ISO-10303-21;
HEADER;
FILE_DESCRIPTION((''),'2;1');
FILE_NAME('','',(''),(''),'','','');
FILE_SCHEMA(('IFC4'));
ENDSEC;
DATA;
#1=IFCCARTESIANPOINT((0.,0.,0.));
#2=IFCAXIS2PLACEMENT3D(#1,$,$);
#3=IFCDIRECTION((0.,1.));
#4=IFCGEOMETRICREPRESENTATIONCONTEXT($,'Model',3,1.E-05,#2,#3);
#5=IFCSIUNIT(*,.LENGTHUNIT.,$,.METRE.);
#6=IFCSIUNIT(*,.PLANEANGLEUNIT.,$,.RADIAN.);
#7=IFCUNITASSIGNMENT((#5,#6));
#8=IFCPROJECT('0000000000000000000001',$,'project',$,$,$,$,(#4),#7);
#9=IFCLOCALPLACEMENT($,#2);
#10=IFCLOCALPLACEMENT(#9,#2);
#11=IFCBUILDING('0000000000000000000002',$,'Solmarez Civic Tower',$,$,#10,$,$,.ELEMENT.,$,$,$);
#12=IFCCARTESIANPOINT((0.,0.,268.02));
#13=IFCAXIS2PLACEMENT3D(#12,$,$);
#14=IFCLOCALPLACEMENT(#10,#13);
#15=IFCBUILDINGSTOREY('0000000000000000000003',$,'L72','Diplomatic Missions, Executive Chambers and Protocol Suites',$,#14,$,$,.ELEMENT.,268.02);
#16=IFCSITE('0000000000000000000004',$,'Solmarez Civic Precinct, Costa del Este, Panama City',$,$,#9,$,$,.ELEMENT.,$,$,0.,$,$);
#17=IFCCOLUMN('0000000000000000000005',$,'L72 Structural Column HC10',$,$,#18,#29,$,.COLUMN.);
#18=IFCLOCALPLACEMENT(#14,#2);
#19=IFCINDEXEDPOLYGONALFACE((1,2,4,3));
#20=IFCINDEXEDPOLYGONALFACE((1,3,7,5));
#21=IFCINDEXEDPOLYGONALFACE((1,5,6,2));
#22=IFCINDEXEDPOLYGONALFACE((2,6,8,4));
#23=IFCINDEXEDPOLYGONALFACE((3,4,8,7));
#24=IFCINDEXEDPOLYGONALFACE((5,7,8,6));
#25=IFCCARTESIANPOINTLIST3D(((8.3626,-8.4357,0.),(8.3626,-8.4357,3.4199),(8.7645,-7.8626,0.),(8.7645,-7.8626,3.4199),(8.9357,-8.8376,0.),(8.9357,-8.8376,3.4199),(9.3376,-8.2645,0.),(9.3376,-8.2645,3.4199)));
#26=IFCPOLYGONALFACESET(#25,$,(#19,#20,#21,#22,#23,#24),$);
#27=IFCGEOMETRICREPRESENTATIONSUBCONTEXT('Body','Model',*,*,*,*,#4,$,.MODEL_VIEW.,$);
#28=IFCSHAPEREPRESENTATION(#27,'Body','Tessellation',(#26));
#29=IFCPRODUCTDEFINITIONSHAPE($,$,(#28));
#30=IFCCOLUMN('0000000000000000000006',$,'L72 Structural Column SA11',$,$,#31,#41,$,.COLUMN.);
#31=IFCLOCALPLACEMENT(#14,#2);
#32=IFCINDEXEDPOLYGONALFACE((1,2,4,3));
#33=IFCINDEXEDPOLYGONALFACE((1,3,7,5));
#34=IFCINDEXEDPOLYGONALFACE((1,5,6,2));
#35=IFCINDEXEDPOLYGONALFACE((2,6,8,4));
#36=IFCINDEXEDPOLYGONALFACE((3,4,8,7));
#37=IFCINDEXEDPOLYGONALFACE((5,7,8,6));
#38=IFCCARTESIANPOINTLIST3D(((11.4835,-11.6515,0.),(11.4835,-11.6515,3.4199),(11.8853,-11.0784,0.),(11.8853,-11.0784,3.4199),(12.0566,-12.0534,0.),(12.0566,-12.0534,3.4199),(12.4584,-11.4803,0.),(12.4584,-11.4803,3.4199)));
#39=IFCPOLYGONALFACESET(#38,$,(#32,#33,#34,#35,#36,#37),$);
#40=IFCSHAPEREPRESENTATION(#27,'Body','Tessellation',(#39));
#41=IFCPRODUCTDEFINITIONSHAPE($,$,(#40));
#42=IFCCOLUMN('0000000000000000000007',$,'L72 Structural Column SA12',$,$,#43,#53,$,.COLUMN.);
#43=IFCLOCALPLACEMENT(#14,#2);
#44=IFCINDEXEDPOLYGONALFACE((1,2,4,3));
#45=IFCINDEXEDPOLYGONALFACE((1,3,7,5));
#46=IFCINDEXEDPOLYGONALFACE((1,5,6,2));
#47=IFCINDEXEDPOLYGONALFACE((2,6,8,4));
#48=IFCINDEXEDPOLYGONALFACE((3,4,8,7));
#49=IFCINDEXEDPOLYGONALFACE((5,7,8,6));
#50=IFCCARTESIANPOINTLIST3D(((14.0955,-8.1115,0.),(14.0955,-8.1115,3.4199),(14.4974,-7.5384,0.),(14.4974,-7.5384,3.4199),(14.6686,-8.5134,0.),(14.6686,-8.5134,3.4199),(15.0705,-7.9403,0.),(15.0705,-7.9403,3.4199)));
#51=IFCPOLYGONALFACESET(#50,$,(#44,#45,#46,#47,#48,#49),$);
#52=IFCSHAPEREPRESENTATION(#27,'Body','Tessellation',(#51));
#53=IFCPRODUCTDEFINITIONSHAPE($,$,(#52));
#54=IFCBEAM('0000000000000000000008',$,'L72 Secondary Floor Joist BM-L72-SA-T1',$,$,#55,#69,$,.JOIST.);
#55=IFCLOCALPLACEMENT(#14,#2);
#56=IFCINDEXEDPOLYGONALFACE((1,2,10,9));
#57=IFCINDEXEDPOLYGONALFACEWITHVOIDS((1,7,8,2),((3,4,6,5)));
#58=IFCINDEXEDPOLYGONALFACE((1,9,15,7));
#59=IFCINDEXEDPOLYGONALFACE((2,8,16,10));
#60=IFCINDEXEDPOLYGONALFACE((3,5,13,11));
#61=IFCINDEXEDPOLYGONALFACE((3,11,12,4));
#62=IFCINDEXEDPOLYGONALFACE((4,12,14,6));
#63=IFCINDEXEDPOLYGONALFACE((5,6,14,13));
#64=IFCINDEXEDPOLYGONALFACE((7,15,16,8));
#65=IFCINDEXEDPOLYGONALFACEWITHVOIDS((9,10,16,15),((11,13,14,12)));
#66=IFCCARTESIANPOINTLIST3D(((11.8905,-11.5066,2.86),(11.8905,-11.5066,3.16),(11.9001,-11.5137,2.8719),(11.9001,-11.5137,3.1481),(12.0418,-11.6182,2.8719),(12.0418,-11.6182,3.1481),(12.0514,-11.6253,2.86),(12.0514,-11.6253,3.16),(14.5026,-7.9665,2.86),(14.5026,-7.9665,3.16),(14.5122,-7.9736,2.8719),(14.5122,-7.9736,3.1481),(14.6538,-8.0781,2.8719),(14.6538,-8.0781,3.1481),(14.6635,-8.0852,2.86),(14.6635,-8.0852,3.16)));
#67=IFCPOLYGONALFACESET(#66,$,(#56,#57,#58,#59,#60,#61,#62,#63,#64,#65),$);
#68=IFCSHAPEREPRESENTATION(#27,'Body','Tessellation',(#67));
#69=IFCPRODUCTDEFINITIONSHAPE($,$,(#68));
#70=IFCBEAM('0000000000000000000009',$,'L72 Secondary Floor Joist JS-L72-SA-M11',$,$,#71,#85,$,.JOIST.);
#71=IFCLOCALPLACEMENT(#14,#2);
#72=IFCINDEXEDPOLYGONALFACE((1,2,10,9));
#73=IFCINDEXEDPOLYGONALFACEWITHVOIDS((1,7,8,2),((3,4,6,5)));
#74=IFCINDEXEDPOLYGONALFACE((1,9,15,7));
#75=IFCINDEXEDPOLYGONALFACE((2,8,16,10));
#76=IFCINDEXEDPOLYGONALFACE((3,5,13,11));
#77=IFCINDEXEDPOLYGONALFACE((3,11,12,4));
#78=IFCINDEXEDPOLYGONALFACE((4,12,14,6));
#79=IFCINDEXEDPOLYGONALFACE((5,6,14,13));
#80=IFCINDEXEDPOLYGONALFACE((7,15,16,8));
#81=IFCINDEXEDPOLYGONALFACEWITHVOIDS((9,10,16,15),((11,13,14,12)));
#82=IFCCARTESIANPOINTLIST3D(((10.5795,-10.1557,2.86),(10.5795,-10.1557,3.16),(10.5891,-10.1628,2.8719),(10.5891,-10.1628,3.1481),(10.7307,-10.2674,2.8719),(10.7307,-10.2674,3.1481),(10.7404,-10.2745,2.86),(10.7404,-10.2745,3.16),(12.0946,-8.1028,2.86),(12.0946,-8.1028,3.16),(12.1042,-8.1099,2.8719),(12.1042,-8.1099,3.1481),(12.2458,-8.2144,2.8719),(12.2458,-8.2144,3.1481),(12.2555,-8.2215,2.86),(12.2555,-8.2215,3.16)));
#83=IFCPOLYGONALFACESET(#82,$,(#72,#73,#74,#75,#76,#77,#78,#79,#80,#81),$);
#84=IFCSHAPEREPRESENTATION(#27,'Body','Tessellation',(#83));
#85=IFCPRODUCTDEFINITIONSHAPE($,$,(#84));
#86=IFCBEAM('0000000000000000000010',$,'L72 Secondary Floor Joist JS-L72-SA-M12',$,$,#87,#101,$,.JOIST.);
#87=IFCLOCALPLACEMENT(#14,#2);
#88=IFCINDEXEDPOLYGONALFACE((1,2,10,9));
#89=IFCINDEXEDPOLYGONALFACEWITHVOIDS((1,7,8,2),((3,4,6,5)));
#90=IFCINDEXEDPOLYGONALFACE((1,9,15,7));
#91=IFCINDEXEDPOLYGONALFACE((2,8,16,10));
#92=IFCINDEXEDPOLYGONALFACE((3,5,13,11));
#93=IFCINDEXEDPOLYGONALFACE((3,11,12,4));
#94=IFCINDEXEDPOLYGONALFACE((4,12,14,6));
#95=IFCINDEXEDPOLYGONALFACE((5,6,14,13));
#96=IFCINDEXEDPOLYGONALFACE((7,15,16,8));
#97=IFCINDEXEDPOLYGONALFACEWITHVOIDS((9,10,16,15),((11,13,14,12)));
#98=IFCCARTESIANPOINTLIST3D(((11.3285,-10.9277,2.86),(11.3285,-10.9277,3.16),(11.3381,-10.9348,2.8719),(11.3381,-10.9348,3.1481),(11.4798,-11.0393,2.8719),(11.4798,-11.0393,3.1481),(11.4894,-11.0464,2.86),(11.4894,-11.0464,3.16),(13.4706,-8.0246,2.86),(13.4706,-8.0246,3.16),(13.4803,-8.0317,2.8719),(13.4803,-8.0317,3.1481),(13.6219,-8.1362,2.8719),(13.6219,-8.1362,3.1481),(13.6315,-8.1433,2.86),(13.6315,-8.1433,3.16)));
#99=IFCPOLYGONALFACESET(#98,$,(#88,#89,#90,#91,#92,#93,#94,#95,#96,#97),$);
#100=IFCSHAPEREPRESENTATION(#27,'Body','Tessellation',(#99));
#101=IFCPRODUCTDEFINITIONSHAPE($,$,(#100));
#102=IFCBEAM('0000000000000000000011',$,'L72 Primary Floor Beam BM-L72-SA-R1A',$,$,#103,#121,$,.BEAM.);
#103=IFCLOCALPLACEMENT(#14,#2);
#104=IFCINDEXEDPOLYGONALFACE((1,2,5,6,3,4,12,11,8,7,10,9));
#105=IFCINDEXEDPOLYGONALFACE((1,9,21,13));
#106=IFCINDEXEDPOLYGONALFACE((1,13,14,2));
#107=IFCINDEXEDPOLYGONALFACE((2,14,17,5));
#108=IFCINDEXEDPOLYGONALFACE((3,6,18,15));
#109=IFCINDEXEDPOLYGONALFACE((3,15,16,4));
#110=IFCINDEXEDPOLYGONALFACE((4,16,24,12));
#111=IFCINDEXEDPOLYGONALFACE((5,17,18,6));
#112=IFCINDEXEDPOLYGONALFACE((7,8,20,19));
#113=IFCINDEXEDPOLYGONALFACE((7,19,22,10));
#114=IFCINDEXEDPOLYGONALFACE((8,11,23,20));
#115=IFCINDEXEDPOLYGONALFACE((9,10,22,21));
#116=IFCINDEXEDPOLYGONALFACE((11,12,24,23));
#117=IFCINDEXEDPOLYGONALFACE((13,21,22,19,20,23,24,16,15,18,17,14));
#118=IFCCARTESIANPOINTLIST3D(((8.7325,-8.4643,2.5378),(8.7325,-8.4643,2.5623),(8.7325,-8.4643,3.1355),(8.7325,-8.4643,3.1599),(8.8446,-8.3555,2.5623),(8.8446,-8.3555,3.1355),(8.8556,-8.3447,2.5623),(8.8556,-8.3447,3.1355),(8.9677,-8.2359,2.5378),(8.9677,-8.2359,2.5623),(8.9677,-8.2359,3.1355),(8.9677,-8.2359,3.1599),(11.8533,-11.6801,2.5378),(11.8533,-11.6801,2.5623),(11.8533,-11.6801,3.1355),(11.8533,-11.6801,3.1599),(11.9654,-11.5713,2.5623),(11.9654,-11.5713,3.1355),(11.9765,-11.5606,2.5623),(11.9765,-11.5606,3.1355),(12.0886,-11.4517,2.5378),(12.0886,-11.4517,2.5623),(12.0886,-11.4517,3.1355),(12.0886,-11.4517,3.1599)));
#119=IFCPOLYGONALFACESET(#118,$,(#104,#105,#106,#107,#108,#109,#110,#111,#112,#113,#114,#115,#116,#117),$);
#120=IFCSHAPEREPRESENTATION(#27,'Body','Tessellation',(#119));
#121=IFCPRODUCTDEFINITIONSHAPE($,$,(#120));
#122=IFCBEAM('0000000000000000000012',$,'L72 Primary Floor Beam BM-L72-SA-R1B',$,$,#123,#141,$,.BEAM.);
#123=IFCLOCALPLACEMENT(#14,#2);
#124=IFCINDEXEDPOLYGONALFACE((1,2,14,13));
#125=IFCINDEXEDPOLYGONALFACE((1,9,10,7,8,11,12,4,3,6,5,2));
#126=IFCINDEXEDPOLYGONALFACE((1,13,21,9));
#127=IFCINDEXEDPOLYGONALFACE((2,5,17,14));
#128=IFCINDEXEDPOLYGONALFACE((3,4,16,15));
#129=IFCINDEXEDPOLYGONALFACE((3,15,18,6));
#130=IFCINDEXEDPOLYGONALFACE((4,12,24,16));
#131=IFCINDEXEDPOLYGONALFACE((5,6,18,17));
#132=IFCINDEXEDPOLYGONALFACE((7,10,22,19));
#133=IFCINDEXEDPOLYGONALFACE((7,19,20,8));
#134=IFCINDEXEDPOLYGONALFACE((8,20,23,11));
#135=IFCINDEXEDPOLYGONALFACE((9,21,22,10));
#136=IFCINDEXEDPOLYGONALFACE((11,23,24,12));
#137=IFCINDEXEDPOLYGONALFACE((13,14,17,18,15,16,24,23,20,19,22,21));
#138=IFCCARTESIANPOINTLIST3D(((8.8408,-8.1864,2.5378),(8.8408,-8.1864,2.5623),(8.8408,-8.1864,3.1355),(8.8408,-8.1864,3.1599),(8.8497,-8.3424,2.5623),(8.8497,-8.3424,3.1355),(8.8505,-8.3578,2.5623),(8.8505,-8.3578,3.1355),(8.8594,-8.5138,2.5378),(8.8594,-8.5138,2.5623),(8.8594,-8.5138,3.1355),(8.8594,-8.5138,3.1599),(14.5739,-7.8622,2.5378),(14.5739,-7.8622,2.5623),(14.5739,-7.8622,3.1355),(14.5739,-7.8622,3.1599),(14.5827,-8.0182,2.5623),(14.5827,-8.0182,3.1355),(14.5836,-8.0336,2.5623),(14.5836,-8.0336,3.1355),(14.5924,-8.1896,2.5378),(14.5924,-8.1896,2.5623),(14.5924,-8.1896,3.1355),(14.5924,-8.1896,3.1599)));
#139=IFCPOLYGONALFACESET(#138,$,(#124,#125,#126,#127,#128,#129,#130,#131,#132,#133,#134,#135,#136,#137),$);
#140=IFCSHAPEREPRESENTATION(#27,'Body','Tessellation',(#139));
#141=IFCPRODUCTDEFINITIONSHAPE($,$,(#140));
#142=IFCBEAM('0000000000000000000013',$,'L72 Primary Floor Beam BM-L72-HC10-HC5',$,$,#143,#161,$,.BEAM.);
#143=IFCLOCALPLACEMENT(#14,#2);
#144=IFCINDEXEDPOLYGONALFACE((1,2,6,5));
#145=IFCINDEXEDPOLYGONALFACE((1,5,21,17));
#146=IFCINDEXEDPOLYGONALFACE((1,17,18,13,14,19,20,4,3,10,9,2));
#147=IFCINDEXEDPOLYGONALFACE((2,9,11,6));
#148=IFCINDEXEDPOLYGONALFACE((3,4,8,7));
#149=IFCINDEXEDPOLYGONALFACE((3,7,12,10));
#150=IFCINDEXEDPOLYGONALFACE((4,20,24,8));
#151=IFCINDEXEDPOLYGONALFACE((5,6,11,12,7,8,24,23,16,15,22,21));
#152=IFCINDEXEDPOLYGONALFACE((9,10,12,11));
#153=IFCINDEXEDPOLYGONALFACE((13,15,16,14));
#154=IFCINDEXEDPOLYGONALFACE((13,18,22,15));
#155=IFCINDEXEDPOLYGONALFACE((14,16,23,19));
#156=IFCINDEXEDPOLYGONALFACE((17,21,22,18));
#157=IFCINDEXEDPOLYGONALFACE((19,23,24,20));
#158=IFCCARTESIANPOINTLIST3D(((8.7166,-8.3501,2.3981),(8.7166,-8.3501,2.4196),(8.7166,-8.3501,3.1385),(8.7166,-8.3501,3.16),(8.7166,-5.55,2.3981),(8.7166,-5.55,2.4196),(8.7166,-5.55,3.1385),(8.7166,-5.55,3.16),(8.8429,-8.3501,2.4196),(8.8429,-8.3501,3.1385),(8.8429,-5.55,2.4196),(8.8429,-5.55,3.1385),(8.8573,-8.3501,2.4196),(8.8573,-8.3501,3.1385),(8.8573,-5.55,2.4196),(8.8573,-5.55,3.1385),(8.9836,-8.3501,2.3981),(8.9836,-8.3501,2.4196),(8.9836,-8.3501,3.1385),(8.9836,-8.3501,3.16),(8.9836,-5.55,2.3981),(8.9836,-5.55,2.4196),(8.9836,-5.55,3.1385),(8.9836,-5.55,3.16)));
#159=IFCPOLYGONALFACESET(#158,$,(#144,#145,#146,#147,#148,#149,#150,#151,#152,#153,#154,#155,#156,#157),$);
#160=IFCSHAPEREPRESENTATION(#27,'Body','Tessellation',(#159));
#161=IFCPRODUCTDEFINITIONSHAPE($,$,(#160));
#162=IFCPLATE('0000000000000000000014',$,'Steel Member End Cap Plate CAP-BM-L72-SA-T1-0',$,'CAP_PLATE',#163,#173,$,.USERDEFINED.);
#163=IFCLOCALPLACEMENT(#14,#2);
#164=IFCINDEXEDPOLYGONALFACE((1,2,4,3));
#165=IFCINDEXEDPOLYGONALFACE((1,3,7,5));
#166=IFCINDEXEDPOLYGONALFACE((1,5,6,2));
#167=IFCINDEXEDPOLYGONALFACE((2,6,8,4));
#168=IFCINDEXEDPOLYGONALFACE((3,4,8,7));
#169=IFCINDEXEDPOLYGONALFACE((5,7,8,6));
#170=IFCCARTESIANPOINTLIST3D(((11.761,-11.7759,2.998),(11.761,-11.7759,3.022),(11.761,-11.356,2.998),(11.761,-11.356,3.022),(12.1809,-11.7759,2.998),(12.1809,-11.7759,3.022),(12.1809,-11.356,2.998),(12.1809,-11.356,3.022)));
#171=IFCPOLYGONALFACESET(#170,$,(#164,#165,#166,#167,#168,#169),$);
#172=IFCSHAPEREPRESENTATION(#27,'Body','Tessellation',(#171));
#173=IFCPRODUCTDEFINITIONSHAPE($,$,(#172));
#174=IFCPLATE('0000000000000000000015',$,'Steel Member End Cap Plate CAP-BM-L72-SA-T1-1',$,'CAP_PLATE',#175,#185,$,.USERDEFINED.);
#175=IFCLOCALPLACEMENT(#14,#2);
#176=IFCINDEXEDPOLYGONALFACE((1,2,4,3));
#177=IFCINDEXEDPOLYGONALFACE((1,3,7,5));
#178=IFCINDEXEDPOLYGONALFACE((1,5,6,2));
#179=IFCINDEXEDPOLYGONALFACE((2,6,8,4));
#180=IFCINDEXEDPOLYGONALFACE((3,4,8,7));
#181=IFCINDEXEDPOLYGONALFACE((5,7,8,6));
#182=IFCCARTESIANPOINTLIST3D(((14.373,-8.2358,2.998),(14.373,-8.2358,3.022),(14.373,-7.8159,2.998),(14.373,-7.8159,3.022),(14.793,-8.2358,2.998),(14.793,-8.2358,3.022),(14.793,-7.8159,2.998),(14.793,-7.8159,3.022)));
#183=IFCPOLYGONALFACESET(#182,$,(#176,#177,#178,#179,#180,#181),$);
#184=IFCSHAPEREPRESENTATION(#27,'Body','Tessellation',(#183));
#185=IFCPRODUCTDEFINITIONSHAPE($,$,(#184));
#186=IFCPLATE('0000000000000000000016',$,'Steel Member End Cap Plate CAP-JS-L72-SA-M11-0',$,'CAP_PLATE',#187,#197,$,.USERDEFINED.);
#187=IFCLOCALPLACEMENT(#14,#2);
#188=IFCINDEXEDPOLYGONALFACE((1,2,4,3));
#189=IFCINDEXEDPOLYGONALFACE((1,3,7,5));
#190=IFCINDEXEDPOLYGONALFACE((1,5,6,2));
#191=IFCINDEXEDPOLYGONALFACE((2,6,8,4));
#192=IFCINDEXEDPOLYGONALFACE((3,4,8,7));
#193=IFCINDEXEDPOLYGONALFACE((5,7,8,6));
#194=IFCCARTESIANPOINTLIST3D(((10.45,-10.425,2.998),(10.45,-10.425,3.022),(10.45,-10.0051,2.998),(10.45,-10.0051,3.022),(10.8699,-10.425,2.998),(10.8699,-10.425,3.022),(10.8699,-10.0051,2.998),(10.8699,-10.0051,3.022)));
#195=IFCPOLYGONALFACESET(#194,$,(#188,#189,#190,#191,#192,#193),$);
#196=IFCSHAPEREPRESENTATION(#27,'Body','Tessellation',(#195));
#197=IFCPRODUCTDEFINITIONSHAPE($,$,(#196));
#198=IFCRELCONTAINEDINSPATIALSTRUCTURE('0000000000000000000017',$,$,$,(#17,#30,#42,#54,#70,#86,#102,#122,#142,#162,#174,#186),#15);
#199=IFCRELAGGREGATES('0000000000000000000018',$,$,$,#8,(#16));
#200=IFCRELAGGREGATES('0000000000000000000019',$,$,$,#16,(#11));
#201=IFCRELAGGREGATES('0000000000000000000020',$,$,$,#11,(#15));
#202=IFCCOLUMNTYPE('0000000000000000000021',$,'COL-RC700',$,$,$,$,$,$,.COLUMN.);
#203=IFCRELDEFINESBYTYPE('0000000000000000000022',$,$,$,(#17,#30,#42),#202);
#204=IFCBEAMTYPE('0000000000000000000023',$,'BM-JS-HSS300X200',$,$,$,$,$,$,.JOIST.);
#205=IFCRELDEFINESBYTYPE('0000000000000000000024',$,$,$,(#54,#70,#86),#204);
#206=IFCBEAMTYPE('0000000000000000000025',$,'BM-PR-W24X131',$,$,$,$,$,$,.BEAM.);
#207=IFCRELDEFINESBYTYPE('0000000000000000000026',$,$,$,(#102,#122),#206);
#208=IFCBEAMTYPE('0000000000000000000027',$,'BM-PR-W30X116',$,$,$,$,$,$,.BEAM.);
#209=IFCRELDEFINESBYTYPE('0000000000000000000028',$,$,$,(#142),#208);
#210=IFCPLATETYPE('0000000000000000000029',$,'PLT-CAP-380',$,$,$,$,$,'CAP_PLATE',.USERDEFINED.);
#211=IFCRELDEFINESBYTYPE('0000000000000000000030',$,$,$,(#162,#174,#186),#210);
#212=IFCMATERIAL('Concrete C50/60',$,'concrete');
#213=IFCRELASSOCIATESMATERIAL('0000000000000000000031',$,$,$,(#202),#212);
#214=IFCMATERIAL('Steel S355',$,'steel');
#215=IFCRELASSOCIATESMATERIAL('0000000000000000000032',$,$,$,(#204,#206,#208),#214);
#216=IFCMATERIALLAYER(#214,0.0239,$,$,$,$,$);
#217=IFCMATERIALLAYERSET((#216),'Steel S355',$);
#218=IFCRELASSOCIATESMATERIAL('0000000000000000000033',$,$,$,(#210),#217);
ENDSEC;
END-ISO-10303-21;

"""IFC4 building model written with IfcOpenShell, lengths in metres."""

from ifc_helpers import new_model, si_unit, direction, frame, origin, origin_2d, place, context, subcontext, project, spatial, rectangle, hollow_rectangle, i_section, extrude, material, layer, layer_set, material_profile, profile_set, type_object, element, save


model = new_model("IFC4")

# Units and contexts
model_context = context("Model", 3, precision=1e-05, world=origin(), true_north=direction((0.0, 1.0)))
body_context = subcontext(model_context, "Body", "Model", "MODEL_VIEW")
ifc_project = project(units=[si_unit("LENGTHUNIT", "METRE"), si_unit("PLANEANGLEUNIT", "RADIAN")], contexts=[model_context])

# Site, building, storey
site_placement = place(None, origin())
site = spatial("IfcSite", under=ifc_project, at=site_placement, Name="Solmarez Civic Precinct, Costa del Este, Panama City", CompositionType="ELEMENT", RefElevation=0.0)
building_placement = place(site_placement, origin())
building = spatial("IfcBuilding", under=site, at=building_placement, Name="Solmarez Civic Tower", CompositionType="ELEMENT")
storey_placement = place(building_placement, frame((0.0, 0.0, 268.02)))
storey = spatial("IfcBuildingStorey", under=building, at=storey_placement, Name="L72", Description="Diplomatic Missions, Executive Chambers and Protocol Suites", CompositionType="ELEMENT", Elevation=268.02)

# Columns
ifc_material_1 = material(Name="Concrete C50/60", Category="concrete")
ifc_material_profile_1 = material_profile(ifc_material_1, rectangle(XDim=0.7, YDim=0.7, at=origin_2d()), Name="RC700X700")
ifc_profile_set_1 = profile_set([ifc_material_profile_1], Name="Concrete C50/60")
column_type = type_object("IfcColumnType", Name="COL-RC700", PredefinedType="COLUMN", material=ifc_profile_set_1)
for number, where, z_axis, x_axis, name in (
    (1, (8.8501, -8.3501, 0.0), (0.0, 0.0, 1.0), (0.574148, 0.818751, 0.0), "L72 Structural Column HC10"),
    (2, (11.9709, -11.5659, 0.0), (0.0, 0.0, 1.0), (0.574148, 0.818751, 0.0), "L72 Structural Column SA11"),
    (3, (14.583, -8.0259, 0.0), (0.0, 0.0, 1.0), (0.574148, 0.818751, 0.0), "L72 Structural Column SA12"),
):
    element("IfcColumn", number, at=place(storey_placement, frame(where, z_axis=z_axis, x_axis=x_axis)), inside=storey, type_object=column_type, Name=name, PredefinedType="COLUMN", context=body_context, shape_type="SweptSolid", body=[
        extrude(rectangle(XDim=0.7, YDim=0.7, at=origin_2d()), origin(), (0.0, 0.0, 1.0), 3.4199),
    ])

# Beams
ifc_material_2 = material(Name="Steel S355", Category="steel")
ifc_material_profile_2 = material_profile(ifc_material_2, hollow_rectangle(XDim=0.2, YDim=0.3, WallThickness=0.012, at=origin_2d()), Name="HSS300X200X12")
ifc_profile_set_2 = profile_set([ifc_material_profile_2], Name="Steel S355")
beam_type_1 = type_object("IfcBeamType", Name="BM-JS-HSS300X200", PredefinedType="JOIST", material=ifc_profile_set_2)
beam_1_placement = place(storey_placement, frame((11.9709, -11.5659, 3.01), z_axis=(0.593731, 0.804664, 0.0), x_axis=(-0.804664, 0.593731, 0.0)))
element("IfcBeam", 4, at=beam_1_placement, inside=storey, type_object=beam_type_1, Name="L72 Secondary Floor Joist BM-L72-SA-T1", PredefinedType="JOIST", context=body_context, shape_type="SweptSolid", body=[
    extrude(hollow_rectangle(XDim=0.2, YDim=0.3, WallThickness=0.012, at=origin_2d()), origin(), (0.0, 0.0, 1.0), 4.3994),
])
beam_2_placement = place(storey_placement, frame((10.6599, -10.2151, 3.01), z_axis=(0.593812, 0.804603, 0.0), x_axis=(-0.804603, 0.593812, 0.0)))
element("IfcBeam", 5, at=beam_2_placement, inside=storey, type_object=beam_type_1, Name="L72 Secondary Floor Joist JS-L72-SA-M11", PredefinedType="JOIST", context=body_context, shape_type="SweptSolid", body=[
    extrude(hollow_rectangle(XDim=0.2, YDim=0.3, WallThickness=0.012, at=origin_2d()), origin(), (0.0, 0.0, 1.0), 2.5515),
])
beam_3_placement = place(storey_placement, frame((11.4089, -10.9871, 3.01), z_axis=(0.593734, 0.804661, 0.0), x_axis=(-0.804661, 0.593734, 0.0)))
element("IfcBeam", 6, at=beam_3_placement, inside=storey, type_object=beam_type_1, Name="L72 Secondary Floor Joist JS-L72-SA-M12", PredefinedType="JOIST", context=body_context, shape_type="SweptSolid", body=[
    extrude(hollow_rectangle(XDim=0.2, YDim=0.3, WallThickness=0.012, at=origin_2d()), origin(), (0.0, 0.0, 1.0), 3.6079),
])
ifc_material_profile_3 = material_profile(ifc_material_2, i_section(OverallWidth=0.3279, OverallDepth=0.6221, WebThickness=0.0154, FlangeThickness=0.0244, at=origin_2d()), Name="W24X131")
ifc_profile_set_3 = profile_set([ifc_material_profile_3], Name="Steel S355")
beam_type_2 = type_object("IfcBeamType", Name="BM-PR-W24X131", PredefinedType="BEAM", material=ifc_profile_set_3)
beam_4_placement = place(storey_placement, frame((8.8501, -8.3501, 2.8489), z_axis=(0.696431, -0.717624, 0.0), x_axis=(0.717624, 0.696431, 0.0)))
element("IfcBeam", 7, at=beam_4_placement, inside=storey, type_object=beam_type_2, Name="L72 Primary Floor Beam BM-L72-SA-R1A", PredefinedType="BEAM", context=body_context, shape_type="SweptSolid", body=[
    extrude(i_section(OverallWidth=0.3279, OverallDepth=0.6221, WebThickness=0.0154, FlangeThickness=0.0244, at=origin_2d()), origin(), (0.0, 0.0, 1.0), 4.4812),
])
beam_5_placement = place(storey_placement, frame((8.8501, -8.3501, 2.8489), z_axis=(0.998405, 0.056464, 0.0), x_axis=(-0.056464, 0.998405, 0.0)))
element("IfcBeam", 8, at=beam_5_placement, inside=storey, type_object=beam_type_2, Name="L72 Primary Floor Beam BM-L72-SA-R1B", PredefinedType="BEAM", context=body_context, shape_type="SweptSolid", body=[
    extrude(i_section(OverallWidth=0.3279, OverallDepth=0.6221, WebThickness=0.0154, FlangeThickness=0.0244, at=origin_2d()), origin(), (0.0, 0.0, 1.0), 5.7422),
])
ifc_material_profile_4 = material_profile(ifc_material_2, i_section(OverallWidth=0.2671, OverallDepth=0.762, WebThickness=0.0144, FlangeThickness=0.0215, at=origin_2d()), Name="W30X116")
ifc_profile_set_4 = profile_set([ifc_material_profile_4], Name="Steel S355")
beam_type_3 = type_object("IfcBeamType", Name="BM-PR-W30X116", PredefinedType="BEAM", material=ifc_profile_set_4)
beam_6_placement = place(storey_placement, frame((8.8501, -8.3501, 2.7791), z_axis=(0.0, 1.0, 0.0), x_axis=(-1.0, 0.0, 0.0)))
element("IfcBeam", 9, at=beam_6_placement, inside=storey, type_object=beam_type_3, Name="L72 Primary Floor Beam BM-L72-HC10-HC5", PredefinedType="BEAM", context=body_context, shape_type="SweptSolid", body=[
    extrude(i_section(OverallWidth=0.2671, OverallDepth=0.762, WebThickness=0.0144, FlangeThickness=0.0215, at=origin_2d()), origin(), (0.0, 0.0, 1.0), 2.8),
])

# Plates
ifc_layer_1 = layer(ifc_material_2, 0.0239)
ifc_layer_set_1 = layer_set([ifc_layer_1], Name="Steel S355")
plate_type = type_object("IfcPlateType", Name="PLT-CAP-380", ElementType="CAP_PLATE", PredefinedType="USERDEFINED", material=ifc_layer_set_1)
for number, where, z_axis, x_axis, name in (
    (10, (11.9709, -11.5659, 2.998), (0.0, 0.0, 1.0), (1.0, 0.0, 0.0), "Steel Member End Cap Plate CAP-BM-L72-SA-T1-0"),
    (11, (14.583, -8.0259, 2.998), (0.0, 0.0, 1.0), (1.0, 0.0, 0.0), "Steel Member End Cap Plate CAP-BM-L72-SA-T1-1"),
    (12, (10.6599, -10.2151, 2.998), (0.0, 0.0, 1.0), (1.0, 0.0, 0.0), "Steel Member End Cap Plate CAP-JS-L72-SA-M11-0"),
):
    element("IfcPlate", number, at=place(storey_placement, frame(where, z_axis=z_axis, x_axis=x_axis)), inside=storey, type_object=plate_type, Name=name, ObjectType="CAP_PLATE", PredefinedType="USERDEFINED", context=body_context, shape_type="SweptSolid", body=[
        extrude(rectangle(XDim=0.4199, YDim=0.4199, at=origin_2d()), origin(), (0.0, 0.0, 1.0), 0.0239),
    ])

save(model, "model.ifc")
